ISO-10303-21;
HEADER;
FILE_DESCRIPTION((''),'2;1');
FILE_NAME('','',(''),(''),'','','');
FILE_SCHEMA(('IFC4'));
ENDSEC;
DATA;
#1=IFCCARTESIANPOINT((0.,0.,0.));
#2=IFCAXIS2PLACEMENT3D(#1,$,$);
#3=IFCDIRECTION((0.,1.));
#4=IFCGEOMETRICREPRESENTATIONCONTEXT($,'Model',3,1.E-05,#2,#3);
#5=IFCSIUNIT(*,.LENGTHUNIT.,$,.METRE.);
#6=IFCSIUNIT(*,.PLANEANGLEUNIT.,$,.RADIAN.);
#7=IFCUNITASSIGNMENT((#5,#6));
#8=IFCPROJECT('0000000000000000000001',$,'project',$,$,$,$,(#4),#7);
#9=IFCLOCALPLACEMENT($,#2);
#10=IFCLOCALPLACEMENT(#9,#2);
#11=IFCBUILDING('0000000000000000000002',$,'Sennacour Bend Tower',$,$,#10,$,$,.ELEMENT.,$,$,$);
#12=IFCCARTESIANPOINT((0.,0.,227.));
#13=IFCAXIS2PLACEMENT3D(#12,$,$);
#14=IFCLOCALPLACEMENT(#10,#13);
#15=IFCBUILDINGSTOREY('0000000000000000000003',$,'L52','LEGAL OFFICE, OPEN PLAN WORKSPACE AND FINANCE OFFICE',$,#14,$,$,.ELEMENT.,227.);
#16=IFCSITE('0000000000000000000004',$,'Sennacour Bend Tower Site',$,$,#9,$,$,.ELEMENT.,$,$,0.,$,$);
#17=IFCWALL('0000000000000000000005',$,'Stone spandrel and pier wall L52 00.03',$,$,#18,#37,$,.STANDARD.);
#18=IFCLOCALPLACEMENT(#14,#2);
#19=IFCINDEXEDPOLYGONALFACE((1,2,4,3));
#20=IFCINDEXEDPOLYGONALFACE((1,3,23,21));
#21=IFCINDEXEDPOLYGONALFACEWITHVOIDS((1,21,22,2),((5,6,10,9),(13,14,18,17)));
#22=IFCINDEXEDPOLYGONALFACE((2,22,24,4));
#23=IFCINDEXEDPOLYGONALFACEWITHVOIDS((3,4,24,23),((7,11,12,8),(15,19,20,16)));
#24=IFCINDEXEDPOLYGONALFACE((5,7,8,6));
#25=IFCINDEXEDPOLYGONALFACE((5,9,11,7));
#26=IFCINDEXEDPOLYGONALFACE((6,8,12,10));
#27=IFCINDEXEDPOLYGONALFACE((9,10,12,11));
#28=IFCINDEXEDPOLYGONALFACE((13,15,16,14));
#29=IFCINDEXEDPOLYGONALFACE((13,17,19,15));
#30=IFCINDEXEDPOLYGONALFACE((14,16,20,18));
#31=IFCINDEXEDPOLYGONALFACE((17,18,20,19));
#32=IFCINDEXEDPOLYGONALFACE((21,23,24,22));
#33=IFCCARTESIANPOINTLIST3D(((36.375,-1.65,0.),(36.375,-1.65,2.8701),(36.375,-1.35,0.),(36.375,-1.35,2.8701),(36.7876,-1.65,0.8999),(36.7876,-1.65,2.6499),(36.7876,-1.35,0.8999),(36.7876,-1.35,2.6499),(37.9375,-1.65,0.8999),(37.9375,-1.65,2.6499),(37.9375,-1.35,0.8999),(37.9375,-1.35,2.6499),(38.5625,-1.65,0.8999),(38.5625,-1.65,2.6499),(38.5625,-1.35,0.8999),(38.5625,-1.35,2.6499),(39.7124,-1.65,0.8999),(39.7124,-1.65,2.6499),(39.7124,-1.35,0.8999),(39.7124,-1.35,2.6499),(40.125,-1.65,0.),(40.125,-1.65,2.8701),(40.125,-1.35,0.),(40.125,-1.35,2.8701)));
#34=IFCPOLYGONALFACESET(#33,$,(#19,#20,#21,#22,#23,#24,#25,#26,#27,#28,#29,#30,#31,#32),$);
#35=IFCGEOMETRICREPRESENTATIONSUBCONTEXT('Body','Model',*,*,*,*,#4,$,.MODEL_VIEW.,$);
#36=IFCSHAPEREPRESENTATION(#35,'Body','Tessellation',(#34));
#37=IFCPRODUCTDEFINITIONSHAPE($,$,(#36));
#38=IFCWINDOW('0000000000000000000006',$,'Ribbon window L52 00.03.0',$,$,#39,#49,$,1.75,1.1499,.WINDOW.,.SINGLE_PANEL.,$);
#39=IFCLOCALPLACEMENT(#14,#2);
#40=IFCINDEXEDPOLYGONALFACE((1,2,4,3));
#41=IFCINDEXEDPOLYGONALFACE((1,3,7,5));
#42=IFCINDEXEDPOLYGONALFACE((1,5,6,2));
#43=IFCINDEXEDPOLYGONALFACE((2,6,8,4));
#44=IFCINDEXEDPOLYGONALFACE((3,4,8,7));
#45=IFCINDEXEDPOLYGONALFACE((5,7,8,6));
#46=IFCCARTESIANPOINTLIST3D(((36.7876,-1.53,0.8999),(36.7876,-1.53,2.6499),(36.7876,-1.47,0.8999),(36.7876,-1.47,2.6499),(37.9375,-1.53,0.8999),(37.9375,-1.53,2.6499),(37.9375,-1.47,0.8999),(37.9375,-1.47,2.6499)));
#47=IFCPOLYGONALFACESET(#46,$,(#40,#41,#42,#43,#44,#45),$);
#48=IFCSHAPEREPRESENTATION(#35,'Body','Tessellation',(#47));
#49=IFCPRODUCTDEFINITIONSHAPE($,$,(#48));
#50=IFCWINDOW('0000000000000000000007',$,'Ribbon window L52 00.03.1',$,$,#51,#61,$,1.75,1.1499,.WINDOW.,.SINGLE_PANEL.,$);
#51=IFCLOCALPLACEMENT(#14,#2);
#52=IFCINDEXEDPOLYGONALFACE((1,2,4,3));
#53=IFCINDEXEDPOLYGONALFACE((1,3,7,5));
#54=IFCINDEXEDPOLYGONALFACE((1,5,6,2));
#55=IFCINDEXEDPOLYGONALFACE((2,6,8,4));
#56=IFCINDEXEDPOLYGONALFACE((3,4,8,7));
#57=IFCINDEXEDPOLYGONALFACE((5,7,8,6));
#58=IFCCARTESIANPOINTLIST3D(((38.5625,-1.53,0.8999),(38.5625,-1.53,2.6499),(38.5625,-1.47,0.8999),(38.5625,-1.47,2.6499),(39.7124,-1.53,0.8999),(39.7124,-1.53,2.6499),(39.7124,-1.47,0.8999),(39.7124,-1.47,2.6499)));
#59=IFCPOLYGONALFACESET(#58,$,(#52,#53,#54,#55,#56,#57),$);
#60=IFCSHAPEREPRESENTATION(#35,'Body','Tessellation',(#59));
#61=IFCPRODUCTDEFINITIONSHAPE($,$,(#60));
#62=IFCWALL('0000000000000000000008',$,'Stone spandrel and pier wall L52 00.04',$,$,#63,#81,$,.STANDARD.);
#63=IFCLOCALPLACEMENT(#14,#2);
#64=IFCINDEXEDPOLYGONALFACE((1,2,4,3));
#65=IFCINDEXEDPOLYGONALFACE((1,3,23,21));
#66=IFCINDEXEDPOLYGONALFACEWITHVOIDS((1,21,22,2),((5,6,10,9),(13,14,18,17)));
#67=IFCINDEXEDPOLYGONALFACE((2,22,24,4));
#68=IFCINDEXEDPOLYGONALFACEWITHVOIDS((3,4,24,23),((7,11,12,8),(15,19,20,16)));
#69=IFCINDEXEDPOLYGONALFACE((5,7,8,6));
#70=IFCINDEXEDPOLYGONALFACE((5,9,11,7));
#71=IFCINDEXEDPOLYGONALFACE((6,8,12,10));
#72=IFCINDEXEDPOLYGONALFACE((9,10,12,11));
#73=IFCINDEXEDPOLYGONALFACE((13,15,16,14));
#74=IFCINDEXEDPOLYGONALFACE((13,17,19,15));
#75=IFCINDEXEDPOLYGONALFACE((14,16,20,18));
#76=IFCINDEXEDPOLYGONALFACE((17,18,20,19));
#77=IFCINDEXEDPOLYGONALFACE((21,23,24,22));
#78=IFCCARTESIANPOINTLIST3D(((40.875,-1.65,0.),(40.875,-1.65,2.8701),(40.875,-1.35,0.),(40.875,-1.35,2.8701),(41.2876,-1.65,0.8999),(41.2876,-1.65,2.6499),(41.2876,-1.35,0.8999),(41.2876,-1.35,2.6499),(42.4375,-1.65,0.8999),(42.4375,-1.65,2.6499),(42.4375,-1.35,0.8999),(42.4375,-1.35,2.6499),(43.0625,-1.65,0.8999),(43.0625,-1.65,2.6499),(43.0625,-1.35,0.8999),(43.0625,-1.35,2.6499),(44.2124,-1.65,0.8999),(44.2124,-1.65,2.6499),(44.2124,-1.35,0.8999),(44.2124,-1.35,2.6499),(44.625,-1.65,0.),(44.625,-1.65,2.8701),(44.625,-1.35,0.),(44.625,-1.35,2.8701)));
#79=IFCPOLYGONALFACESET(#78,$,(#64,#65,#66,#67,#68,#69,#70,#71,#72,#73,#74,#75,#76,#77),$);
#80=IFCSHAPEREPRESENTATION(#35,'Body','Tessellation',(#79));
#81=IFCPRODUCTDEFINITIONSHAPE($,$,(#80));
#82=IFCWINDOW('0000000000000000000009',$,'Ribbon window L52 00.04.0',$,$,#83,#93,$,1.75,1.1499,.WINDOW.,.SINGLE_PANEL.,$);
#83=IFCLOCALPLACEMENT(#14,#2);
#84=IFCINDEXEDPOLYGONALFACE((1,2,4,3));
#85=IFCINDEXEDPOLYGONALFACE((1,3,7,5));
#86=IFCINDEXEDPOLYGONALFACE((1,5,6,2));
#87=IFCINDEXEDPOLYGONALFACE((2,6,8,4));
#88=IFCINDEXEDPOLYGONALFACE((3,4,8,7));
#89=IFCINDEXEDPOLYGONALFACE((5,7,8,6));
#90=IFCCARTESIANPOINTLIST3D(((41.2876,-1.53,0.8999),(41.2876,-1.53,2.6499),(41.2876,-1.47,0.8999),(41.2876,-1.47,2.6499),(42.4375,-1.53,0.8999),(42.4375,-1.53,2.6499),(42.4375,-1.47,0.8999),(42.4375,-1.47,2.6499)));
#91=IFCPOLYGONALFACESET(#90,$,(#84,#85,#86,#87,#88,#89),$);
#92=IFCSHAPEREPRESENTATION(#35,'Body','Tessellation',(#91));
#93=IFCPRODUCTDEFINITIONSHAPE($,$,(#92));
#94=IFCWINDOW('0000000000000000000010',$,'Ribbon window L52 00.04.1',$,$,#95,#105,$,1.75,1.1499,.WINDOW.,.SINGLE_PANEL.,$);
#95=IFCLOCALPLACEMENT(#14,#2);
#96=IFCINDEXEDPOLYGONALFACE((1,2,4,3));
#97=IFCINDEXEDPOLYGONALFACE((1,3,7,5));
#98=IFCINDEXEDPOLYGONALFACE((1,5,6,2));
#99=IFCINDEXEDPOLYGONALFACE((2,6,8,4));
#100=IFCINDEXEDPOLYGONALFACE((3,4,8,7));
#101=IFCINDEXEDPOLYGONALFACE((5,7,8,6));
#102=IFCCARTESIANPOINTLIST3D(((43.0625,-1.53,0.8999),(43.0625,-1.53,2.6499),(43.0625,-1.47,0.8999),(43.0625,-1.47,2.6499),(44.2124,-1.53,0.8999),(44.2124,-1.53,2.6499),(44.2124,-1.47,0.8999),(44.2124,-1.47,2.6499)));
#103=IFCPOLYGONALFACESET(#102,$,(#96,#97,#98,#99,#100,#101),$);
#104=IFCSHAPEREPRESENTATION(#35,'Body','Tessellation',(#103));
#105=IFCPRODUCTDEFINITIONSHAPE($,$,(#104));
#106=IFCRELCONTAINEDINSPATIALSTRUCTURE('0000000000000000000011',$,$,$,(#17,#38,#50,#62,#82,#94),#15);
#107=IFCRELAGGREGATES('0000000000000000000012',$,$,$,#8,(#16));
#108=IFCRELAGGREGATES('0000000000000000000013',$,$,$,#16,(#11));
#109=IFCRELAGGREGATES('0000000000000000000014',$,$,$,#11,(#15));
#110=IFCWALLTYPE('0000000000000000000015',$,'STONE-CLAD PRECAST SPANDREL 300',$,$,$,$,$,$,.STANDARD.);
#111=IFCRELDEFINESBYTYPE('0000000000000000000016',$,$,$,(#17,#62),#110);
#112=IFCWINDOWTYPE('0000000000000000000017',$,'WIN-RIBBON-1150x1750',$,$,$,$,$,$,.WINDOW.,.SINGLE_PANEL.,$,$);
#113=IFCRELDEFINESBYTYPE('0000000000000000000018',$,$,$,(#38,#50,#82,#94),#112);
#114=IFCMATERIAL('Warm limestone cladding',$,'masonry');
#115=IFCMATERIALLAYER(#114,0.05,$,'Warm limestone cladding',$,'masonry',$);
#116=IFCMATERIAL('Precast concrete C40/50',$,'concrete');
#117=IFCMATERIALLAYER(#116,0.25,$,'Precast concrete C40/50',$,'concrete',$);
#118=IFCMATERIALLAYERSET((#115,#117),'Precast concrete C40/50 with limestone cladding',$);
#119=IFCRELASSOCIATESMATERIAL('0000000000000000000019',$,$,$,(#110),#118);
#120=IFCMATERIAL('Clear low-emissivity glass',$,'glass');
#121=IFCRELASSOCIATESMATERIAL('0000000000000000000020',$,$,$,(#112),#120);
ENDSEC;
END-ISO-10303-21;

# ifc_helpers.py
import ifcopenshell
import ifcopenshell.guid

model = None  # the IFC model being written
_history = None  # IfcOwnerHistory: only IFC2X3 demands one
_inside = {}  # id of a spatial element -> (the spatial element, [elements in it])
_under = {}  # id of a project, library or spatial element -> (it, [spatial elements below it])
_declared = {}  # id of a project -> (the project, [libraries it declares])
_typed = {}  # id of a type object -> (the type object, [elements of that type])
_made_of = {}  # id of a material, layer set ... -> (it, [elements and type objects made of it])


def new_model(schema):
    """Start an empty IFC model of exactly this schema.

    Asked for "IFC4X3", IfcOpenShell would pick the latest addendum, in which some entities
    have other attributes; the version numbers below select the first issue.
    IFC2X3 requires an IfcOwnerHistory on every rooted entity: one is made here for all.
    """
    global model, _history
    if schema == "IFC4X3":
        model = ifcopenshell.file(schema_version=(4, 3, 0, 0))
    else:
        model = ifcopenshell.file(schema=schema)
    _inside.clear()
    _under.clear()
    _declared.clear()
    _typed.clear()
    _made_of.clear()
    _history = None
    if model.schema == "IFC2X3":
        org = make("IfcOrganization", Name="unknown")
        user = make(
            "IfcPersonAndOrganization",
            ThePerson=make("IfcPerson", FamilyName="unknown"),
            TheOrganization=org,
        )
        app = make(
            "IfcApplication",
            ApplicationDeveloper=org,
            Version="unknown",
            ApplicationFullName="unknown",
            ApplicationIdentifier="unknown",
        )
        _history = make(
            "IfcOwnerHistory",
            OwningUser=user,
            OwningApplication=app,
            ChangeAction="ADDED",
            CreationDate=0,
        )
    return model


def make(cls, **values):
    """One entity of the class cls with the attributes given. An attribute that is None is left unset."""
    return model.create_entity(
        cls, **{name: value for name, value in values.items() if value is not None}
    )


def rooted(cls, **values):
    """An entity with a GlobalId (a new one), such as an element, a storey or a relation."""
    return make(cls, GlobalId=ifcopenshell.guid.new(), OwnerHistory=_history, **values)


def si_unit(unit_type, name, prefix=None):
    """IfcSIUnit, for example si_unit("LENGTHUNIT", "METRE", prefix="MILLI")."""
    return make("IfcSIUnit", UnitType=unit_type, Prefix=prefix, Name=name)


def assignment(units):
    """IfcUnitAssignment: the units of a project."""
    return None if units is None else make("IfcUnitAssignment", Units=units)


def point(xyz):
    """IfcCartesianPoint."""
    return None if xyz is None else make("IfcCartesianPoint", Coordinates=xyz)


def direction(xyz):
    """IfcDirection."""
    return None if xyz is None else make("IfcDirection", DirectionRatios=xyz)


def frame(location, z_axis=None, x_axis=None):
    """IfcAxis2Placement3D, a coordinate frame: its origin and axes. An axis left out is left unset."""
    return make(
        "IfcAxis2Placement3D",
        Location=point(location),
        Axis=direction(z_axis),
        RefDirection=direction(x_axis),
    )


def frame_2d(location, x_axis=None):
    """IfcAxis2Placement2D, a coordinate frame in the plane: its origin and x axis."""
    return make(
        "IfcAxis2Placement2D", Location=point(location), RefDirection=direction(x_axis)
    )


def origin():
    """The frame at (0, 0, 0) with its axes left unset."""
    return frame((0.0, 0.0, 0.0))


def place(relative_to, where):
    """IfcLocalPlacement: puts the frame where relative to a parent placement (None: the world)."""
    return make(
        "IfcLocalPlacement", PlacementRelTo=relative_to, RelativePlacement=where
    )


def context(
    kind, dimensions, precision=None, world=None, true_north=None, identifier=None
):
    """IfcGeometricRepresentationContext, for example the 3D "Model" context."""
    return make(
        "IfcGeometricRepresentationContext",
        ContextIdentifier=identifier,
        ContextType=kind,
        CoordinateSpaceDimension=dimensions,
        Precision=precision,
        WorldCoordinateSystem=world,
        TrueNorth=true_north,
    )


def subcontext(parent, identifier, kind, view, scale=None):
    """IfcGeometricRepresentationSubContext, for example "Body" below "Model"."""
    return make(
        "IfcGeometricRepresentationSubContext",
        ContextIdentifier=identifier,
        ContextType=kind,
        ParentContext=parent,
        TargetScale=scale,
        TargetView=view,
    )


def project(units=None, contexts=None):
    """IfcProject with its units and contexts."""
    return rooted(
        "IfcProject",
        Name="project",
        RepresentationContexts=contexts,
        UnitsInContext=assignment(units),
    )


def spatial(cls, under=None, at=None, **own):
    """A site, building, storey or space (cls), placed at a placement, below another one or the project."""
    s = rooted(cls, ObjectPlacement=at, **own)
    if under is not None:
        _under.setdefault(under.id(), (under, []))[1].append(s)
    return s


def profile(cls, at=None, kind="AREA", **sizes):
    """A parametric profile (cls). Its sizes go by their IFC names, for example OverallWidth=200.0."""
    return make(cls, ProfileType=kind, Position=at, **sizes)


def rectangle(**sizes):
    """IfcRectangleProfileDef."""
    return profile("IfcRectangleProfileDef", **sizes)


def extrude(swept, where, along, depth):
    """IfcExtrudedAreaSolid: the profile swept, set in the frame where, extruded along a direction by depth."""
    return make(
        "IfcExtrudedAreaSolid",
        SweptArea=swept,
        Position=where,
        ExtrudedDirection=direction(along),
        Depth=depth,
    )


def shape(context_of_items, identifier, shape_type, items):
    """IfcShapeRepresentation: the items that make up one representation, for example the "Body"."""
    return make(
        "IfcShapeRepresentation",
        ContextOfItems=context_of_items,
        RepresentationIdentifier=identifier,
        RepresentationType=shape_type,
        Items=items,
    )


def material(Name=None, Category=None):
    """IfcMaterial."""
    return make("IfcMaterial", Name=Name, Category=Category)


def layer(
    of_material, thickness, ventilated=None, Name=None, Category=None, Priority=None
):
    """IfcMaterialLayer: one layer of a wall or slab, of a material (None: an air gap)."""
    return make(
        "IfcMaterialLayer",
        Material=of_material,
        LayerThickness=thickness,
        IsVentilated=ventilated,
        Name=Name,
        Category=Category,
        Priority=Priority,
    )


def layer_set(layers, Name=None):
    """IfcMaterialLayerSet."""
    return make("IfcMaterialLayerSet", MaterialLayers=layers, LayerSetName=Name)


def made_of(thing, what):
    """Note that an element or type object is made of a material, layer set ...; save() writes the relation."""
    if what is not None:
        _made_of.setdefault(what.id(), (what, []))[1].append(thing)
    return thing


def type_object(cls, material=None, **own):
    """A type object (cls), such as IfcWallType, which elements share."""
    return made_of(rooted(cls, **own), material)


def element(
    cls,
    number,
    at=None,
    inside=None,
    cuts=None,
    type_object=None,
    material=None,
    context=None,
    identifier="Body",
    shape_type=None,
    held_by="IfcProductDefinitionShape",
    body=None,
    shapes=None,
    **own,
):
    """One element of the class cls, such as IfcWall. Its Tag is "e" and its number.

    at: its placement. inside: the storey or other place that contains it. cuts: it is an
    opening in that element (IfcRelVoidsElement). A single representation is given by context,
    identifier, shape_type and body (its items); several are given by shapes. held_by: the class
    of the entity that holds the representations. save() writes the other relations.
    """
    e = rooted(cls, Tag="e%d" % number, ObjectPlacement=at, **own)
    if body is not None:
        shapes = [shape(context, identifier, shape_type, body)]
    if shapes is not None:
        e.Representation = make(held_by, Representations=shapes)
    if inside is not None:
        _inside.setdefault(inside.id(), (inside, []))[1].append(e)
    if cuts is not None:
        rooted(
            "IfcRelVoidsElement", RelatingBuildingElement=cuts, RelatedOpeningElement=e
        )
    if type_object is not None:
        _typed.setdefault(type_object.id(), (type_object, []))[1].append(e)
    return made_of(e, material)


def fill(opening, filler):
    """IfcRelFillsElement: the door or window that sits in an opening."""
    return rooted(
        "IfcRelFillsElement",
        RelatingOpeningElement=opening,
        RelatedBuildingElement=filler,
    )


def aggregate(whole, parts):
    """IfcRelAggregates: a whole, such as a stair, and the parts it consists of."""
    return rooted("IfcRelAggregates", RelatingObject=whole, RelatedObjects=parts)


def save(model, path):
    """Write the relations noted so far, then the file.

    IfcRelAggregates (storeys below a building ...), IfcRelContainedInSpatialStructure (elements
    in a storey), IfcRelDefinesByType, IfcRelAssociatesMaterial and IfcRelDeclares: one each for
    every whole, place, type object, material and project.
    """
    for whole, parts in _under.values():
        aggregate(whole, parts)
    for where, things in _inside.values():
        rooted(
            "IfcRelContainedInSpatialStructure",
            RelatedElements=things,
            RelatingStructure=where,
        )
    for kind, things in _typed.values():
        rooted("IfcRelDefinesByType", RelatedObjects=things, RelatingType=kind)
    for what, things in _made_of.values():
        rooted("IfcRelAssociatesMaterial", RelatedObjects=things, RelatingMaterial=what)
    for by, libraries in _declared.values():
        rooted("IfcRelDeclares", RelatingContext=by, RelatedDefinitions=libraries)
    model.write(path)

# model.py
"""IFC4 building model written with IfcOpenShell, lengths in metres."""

from ifc_helpers import new_model, si_unit, direction, frame, frame_2d, origin, place, context, subcontext, project, spatial, rectangle, extrude, material, layer, layer_set, type_object, element, fill, save


model = new_model("IFC4")

# Units and contexts
model_context = context("Model", 3, precision=1e-05, world=origin(), true_north=direction((0.0, 1.0)))
body_context = subcontext(model_context, "Body", "Model", "MODEL_VIEW")
ifc_project = project(units=[si_unit("LENGTHUNIT", "METRE"), si_unit("PLANEANGLEUNIT", "RADIAN")], contexts=[model_context])

# Site, building, storey
site_placement = place(None, origin())
site = spatial("IfcSite", under=ifc_project, at=site_placement, Name="Sennacour Bend Tower Site", CompositionType="ELEMENT", RefElevation=0.0)
building_placement = place(site_placement, origin())
building = spatial("IfcBuilding", under=site, at=building_placement, Name="Sennacour Bend Tower", CompositionType="ELEMENT")
storey_placement = place(building_placement, frame((0.0, 0.0, 227.0)))
storey = spatial("IfcBuildingStorey", under=building, at=storey_placement, Name="L52", Description="LEGAL OFFICE, OPEN PLAN WORKSPACE AND FINANCE OFFICE", CompositionType="ELEMENT", Elevation=227.0)

# Walls, openings, windows
ifc_material_1 = material(Name="Warm limestone cladding", Category="masonry")
ifc_layer_1 = layer(ifc_material_1, 0.05, Name="Warm limestone cladding", Category="masonry")
ifc_material_2 = material(Name="Precast concrete C40/50", Category="concrete")
ifc_layer_2 = layer(ifc_material_2, 0.25, Name="Precast concrete C40/50", Category="concrete")
ifc_layer_set_1 = layer_set([ifc_layer_1, ifc_layer_2], Name="Precast concrete C40/50 with limestone cladding")
wall_type_1 = type_object("IfcWallType", Name="STONE-CLAD PRECAST SPANDREL 300", PredefinedType="STANDARD", material=ifc_layer_set_1)
wall_1_placement = place(storey_placement, frame((36.375, -1.5, 0.0), z_axis=(0.0, 0.0, 1.0), x_axis=(1.0, 0.0, 0.0)))
wall_1 = element("IfcWall", 1, at=wall_1_placement, inside=storey, type_object=wall_type_1, Name="Stone spandrel and pier wall L52 00.03", PredefinedType="STANDARD", context=body_context, shape_type="SweptSolid", body=[
    extrude(rectangle(XDim=3.75, YDim=0.3, at=frame_2d((1.875, 0.0))), origin(), (0.0, 0.0, 1.0), 2.8701),
])
opening_1_placement = place(wall_1_placement, frame((0.4126, 0.0, 0.8999)))
opening_1 = element("IfcOpeningElement", 2, at=opening_1_placement, cuts=wall_1, PredefinedType="OPENING", context=body_context, shape_type="SweptSolid", body=[
    extrude(rectangle(XDim=1.1499, YDim=1.75, at=frame_2d((0.575, 0.875))), frame((0.0, 0.1602, 0.0), z_axis=(0.0, -1.0, 0.0), x_axis=(1.0, 0.0, 0.0)), (0.0, 0.0, 1.0), 0.3201),
])
opening_2_placement = place(wall_1_placement, frame((2.1875, 0.0, 0.8999)))
opening_2 = element("IfcOpeningElement", 3, at=opening_2_placement, cuts=wall_1, PredefinedType="OPENING", context=body_context, shape_type="SweptSolid", body=[
    extrude(rectangle(XDim=1.1499, YDim=1.75, at=frame_2d((0.575, 0.875))), frame((0.0, 0.1602, 0.0), z_axis=(0.0, -1.0, 0.0), x_axis=(1.0, 0.0, 0.0)), (0.0, 0.0, 1.0), 0.3201),
])
ifc_material_3 = material(Name="Clear low-emissivity glass", Category="glass")
window_type = type_object("IfcWindowType", Name="WIN-RIBBON-1150x1750", PartitioningType="SINGLE_PANEL", PredefinedType="WINDOW", material=ifc_material_3)
window_1_placement = place(opening_1_placement, origin())
window_1 = element("IfcWindow", 4, at=window_1_placement, inside=storey, type_object=window_type, Name="Ribbon window L52 00.03.0", OverallHeight=1.75, OverallWidth=1.1499, PartitioningType="SINGLE_PANEL", PredefinedType="WINDOW", context=body_context, shape_type="SweptSolid", body=[
    extrude(rectangle(XDim=1.1499, YDim=1.75, at=frame_2d((0.575, 0.875))), frame((0.0, 0.03, 0.0), z_axis=(0.0, -1.0, 0.0), x_axis=(1.0, 0.0, 0.0)), (0.0, 0.0, 1.0), 0.0601),
])
fill(opening_1, window_1)
window_2_placement = place(opening_2_placement, origin())
window_2 = element("IfcWindow", 5, at=window_2_placement, inside=storey, type_object=window_type, Name="Ribbon window L52 00.03.1", OverallHeight=1.75, OverallWidth=1.1499, PartitioningType="SINGLE_PANEL", PredefinedType="WINDOW", context=body_context, shape_type="SweptSolid", body=[
    extrude(rectangle(XDim=1.1499, YDim=1.75, at=frame_2d((0.575, 0.875))), frame((0.0, 0.03, 0.0), z_axis=(0.0, -1.0, 0.0), x_axis=(1.0, 0.0, 0.0)), (0.0, 0.0, 1.0), 0.0601),
])
fill(opening_2, window_2)
wall_2_placement = place(storey_placement, frame((40.875, -1.5, 0.0), z_axis=(0.0, 0.0, 1.0), x_axis=(1.0, 0.0, 0.0)))
wall_2 = element("IfcWall", 6, at=wall_2_placement, inside=storey, type_object=wall_type_1, Name="Stone spandrel and pier wall L52 00.04", PredefinedType="STANDARD", context=body_context, shape_type="SweptSolid", body=[
    extrude(rectangle(XDim=3.75, YDim=0.3, at=frame_2d((1.875, 0.0))), origin(), (0.0, 0.0, 1.0), 2.8701),
])
opening_3_placement = place(wall_2_placement, frame((0.4126, 0.0, 0.8999)))
opening_3 = element("IfcOpeningElement", 7, at=opening_3_placement, cuts=wall_2, PredefinedType="OPENING", context=body_context, shape_type="SweptSolid", body=[
    extrude(rectangle(XDim=1.1499, YDim=1.75, at=frame_2d((0.575, 0.875))), frame((0.0, 0.1602, 0.0), z_axis=(0.0, -1.0, 0.0), x_axis=(1.0, 0.0, 0.0)), (0.0, 0.0, 1.0), 0.3201),
])
opening_4_placement = place(wall_2_placement, frame((2.1875, 0.0, 0.8999)))
opening_4 = element("IfcOpeningElement", 8, at=opening_4_placement, cuts=wall_2, PredefinedType="OPENING", context=body_context, shape_type="SweptSolid", body=[
    extrude(rectangle(XDim=1.1499, YDim=1.75, at=frame_2d((0.575, 0.875))), frame((0.0, 0.1602, 0.0), z_axis=(0.0, -1.0, 0.0), x_axis=(1.0, 0.0, 0.0)), (0.0, 0.0, 1.0), 0.3201),
])
window_3_placement = place(opening_3_placement, origin())
window_3 = element("IfcWindow", 9, at=window_3_placement, inside=storey, type_object=window_type, Name="Ribbon window L52 00.04.0", OverallHeight=1.75, OverallWidth=1.1499, PartitioningType="SINGLE_PANEL", PredefinedType="WINDOW", context=body_context, shape_type="SweptSolid", body=[
    extrude(rectangle(XDim=1.1499, YDim=1.75, at=frame_2d((0.575, 0.875))), frame((0.0, 0.03, 0.0), z_axis=(0.0, -1.0, 0.0), x_axis=(1.0, 0.0, 0.0)), (0.0, 0.0, 1.0), 0.0601),
])
fill(opening_3, window_3)
window_4_placement = place(opening_4_placement, origin())
window_4 = element("IfcWindow", 10, at=window_4_placement, inside=storey, type_object=window_type, Name="Ribbon window L52 00.04.1", OverallHeight=1.75, OverallWidth=1.1499, PartitioningType="SINGLE_PANEL", PredefinedType="WINDOW", context=body_context, shape_type="SweptSolid", body=[
    extrude(rectangle(XDim=1.1499, YDim=1.75, at=frame_2d((0.575, 0.875))), frame((0.0, 0.03, 0.0), z_axis=(0.0, -1.0, 0.0), x_axis=(1.0, 0.0, 0.0)), (0.0, 0.0, 1.0), 0.0601),
])
fill(opening_4, window_4)

save(model, "model.ifc")
